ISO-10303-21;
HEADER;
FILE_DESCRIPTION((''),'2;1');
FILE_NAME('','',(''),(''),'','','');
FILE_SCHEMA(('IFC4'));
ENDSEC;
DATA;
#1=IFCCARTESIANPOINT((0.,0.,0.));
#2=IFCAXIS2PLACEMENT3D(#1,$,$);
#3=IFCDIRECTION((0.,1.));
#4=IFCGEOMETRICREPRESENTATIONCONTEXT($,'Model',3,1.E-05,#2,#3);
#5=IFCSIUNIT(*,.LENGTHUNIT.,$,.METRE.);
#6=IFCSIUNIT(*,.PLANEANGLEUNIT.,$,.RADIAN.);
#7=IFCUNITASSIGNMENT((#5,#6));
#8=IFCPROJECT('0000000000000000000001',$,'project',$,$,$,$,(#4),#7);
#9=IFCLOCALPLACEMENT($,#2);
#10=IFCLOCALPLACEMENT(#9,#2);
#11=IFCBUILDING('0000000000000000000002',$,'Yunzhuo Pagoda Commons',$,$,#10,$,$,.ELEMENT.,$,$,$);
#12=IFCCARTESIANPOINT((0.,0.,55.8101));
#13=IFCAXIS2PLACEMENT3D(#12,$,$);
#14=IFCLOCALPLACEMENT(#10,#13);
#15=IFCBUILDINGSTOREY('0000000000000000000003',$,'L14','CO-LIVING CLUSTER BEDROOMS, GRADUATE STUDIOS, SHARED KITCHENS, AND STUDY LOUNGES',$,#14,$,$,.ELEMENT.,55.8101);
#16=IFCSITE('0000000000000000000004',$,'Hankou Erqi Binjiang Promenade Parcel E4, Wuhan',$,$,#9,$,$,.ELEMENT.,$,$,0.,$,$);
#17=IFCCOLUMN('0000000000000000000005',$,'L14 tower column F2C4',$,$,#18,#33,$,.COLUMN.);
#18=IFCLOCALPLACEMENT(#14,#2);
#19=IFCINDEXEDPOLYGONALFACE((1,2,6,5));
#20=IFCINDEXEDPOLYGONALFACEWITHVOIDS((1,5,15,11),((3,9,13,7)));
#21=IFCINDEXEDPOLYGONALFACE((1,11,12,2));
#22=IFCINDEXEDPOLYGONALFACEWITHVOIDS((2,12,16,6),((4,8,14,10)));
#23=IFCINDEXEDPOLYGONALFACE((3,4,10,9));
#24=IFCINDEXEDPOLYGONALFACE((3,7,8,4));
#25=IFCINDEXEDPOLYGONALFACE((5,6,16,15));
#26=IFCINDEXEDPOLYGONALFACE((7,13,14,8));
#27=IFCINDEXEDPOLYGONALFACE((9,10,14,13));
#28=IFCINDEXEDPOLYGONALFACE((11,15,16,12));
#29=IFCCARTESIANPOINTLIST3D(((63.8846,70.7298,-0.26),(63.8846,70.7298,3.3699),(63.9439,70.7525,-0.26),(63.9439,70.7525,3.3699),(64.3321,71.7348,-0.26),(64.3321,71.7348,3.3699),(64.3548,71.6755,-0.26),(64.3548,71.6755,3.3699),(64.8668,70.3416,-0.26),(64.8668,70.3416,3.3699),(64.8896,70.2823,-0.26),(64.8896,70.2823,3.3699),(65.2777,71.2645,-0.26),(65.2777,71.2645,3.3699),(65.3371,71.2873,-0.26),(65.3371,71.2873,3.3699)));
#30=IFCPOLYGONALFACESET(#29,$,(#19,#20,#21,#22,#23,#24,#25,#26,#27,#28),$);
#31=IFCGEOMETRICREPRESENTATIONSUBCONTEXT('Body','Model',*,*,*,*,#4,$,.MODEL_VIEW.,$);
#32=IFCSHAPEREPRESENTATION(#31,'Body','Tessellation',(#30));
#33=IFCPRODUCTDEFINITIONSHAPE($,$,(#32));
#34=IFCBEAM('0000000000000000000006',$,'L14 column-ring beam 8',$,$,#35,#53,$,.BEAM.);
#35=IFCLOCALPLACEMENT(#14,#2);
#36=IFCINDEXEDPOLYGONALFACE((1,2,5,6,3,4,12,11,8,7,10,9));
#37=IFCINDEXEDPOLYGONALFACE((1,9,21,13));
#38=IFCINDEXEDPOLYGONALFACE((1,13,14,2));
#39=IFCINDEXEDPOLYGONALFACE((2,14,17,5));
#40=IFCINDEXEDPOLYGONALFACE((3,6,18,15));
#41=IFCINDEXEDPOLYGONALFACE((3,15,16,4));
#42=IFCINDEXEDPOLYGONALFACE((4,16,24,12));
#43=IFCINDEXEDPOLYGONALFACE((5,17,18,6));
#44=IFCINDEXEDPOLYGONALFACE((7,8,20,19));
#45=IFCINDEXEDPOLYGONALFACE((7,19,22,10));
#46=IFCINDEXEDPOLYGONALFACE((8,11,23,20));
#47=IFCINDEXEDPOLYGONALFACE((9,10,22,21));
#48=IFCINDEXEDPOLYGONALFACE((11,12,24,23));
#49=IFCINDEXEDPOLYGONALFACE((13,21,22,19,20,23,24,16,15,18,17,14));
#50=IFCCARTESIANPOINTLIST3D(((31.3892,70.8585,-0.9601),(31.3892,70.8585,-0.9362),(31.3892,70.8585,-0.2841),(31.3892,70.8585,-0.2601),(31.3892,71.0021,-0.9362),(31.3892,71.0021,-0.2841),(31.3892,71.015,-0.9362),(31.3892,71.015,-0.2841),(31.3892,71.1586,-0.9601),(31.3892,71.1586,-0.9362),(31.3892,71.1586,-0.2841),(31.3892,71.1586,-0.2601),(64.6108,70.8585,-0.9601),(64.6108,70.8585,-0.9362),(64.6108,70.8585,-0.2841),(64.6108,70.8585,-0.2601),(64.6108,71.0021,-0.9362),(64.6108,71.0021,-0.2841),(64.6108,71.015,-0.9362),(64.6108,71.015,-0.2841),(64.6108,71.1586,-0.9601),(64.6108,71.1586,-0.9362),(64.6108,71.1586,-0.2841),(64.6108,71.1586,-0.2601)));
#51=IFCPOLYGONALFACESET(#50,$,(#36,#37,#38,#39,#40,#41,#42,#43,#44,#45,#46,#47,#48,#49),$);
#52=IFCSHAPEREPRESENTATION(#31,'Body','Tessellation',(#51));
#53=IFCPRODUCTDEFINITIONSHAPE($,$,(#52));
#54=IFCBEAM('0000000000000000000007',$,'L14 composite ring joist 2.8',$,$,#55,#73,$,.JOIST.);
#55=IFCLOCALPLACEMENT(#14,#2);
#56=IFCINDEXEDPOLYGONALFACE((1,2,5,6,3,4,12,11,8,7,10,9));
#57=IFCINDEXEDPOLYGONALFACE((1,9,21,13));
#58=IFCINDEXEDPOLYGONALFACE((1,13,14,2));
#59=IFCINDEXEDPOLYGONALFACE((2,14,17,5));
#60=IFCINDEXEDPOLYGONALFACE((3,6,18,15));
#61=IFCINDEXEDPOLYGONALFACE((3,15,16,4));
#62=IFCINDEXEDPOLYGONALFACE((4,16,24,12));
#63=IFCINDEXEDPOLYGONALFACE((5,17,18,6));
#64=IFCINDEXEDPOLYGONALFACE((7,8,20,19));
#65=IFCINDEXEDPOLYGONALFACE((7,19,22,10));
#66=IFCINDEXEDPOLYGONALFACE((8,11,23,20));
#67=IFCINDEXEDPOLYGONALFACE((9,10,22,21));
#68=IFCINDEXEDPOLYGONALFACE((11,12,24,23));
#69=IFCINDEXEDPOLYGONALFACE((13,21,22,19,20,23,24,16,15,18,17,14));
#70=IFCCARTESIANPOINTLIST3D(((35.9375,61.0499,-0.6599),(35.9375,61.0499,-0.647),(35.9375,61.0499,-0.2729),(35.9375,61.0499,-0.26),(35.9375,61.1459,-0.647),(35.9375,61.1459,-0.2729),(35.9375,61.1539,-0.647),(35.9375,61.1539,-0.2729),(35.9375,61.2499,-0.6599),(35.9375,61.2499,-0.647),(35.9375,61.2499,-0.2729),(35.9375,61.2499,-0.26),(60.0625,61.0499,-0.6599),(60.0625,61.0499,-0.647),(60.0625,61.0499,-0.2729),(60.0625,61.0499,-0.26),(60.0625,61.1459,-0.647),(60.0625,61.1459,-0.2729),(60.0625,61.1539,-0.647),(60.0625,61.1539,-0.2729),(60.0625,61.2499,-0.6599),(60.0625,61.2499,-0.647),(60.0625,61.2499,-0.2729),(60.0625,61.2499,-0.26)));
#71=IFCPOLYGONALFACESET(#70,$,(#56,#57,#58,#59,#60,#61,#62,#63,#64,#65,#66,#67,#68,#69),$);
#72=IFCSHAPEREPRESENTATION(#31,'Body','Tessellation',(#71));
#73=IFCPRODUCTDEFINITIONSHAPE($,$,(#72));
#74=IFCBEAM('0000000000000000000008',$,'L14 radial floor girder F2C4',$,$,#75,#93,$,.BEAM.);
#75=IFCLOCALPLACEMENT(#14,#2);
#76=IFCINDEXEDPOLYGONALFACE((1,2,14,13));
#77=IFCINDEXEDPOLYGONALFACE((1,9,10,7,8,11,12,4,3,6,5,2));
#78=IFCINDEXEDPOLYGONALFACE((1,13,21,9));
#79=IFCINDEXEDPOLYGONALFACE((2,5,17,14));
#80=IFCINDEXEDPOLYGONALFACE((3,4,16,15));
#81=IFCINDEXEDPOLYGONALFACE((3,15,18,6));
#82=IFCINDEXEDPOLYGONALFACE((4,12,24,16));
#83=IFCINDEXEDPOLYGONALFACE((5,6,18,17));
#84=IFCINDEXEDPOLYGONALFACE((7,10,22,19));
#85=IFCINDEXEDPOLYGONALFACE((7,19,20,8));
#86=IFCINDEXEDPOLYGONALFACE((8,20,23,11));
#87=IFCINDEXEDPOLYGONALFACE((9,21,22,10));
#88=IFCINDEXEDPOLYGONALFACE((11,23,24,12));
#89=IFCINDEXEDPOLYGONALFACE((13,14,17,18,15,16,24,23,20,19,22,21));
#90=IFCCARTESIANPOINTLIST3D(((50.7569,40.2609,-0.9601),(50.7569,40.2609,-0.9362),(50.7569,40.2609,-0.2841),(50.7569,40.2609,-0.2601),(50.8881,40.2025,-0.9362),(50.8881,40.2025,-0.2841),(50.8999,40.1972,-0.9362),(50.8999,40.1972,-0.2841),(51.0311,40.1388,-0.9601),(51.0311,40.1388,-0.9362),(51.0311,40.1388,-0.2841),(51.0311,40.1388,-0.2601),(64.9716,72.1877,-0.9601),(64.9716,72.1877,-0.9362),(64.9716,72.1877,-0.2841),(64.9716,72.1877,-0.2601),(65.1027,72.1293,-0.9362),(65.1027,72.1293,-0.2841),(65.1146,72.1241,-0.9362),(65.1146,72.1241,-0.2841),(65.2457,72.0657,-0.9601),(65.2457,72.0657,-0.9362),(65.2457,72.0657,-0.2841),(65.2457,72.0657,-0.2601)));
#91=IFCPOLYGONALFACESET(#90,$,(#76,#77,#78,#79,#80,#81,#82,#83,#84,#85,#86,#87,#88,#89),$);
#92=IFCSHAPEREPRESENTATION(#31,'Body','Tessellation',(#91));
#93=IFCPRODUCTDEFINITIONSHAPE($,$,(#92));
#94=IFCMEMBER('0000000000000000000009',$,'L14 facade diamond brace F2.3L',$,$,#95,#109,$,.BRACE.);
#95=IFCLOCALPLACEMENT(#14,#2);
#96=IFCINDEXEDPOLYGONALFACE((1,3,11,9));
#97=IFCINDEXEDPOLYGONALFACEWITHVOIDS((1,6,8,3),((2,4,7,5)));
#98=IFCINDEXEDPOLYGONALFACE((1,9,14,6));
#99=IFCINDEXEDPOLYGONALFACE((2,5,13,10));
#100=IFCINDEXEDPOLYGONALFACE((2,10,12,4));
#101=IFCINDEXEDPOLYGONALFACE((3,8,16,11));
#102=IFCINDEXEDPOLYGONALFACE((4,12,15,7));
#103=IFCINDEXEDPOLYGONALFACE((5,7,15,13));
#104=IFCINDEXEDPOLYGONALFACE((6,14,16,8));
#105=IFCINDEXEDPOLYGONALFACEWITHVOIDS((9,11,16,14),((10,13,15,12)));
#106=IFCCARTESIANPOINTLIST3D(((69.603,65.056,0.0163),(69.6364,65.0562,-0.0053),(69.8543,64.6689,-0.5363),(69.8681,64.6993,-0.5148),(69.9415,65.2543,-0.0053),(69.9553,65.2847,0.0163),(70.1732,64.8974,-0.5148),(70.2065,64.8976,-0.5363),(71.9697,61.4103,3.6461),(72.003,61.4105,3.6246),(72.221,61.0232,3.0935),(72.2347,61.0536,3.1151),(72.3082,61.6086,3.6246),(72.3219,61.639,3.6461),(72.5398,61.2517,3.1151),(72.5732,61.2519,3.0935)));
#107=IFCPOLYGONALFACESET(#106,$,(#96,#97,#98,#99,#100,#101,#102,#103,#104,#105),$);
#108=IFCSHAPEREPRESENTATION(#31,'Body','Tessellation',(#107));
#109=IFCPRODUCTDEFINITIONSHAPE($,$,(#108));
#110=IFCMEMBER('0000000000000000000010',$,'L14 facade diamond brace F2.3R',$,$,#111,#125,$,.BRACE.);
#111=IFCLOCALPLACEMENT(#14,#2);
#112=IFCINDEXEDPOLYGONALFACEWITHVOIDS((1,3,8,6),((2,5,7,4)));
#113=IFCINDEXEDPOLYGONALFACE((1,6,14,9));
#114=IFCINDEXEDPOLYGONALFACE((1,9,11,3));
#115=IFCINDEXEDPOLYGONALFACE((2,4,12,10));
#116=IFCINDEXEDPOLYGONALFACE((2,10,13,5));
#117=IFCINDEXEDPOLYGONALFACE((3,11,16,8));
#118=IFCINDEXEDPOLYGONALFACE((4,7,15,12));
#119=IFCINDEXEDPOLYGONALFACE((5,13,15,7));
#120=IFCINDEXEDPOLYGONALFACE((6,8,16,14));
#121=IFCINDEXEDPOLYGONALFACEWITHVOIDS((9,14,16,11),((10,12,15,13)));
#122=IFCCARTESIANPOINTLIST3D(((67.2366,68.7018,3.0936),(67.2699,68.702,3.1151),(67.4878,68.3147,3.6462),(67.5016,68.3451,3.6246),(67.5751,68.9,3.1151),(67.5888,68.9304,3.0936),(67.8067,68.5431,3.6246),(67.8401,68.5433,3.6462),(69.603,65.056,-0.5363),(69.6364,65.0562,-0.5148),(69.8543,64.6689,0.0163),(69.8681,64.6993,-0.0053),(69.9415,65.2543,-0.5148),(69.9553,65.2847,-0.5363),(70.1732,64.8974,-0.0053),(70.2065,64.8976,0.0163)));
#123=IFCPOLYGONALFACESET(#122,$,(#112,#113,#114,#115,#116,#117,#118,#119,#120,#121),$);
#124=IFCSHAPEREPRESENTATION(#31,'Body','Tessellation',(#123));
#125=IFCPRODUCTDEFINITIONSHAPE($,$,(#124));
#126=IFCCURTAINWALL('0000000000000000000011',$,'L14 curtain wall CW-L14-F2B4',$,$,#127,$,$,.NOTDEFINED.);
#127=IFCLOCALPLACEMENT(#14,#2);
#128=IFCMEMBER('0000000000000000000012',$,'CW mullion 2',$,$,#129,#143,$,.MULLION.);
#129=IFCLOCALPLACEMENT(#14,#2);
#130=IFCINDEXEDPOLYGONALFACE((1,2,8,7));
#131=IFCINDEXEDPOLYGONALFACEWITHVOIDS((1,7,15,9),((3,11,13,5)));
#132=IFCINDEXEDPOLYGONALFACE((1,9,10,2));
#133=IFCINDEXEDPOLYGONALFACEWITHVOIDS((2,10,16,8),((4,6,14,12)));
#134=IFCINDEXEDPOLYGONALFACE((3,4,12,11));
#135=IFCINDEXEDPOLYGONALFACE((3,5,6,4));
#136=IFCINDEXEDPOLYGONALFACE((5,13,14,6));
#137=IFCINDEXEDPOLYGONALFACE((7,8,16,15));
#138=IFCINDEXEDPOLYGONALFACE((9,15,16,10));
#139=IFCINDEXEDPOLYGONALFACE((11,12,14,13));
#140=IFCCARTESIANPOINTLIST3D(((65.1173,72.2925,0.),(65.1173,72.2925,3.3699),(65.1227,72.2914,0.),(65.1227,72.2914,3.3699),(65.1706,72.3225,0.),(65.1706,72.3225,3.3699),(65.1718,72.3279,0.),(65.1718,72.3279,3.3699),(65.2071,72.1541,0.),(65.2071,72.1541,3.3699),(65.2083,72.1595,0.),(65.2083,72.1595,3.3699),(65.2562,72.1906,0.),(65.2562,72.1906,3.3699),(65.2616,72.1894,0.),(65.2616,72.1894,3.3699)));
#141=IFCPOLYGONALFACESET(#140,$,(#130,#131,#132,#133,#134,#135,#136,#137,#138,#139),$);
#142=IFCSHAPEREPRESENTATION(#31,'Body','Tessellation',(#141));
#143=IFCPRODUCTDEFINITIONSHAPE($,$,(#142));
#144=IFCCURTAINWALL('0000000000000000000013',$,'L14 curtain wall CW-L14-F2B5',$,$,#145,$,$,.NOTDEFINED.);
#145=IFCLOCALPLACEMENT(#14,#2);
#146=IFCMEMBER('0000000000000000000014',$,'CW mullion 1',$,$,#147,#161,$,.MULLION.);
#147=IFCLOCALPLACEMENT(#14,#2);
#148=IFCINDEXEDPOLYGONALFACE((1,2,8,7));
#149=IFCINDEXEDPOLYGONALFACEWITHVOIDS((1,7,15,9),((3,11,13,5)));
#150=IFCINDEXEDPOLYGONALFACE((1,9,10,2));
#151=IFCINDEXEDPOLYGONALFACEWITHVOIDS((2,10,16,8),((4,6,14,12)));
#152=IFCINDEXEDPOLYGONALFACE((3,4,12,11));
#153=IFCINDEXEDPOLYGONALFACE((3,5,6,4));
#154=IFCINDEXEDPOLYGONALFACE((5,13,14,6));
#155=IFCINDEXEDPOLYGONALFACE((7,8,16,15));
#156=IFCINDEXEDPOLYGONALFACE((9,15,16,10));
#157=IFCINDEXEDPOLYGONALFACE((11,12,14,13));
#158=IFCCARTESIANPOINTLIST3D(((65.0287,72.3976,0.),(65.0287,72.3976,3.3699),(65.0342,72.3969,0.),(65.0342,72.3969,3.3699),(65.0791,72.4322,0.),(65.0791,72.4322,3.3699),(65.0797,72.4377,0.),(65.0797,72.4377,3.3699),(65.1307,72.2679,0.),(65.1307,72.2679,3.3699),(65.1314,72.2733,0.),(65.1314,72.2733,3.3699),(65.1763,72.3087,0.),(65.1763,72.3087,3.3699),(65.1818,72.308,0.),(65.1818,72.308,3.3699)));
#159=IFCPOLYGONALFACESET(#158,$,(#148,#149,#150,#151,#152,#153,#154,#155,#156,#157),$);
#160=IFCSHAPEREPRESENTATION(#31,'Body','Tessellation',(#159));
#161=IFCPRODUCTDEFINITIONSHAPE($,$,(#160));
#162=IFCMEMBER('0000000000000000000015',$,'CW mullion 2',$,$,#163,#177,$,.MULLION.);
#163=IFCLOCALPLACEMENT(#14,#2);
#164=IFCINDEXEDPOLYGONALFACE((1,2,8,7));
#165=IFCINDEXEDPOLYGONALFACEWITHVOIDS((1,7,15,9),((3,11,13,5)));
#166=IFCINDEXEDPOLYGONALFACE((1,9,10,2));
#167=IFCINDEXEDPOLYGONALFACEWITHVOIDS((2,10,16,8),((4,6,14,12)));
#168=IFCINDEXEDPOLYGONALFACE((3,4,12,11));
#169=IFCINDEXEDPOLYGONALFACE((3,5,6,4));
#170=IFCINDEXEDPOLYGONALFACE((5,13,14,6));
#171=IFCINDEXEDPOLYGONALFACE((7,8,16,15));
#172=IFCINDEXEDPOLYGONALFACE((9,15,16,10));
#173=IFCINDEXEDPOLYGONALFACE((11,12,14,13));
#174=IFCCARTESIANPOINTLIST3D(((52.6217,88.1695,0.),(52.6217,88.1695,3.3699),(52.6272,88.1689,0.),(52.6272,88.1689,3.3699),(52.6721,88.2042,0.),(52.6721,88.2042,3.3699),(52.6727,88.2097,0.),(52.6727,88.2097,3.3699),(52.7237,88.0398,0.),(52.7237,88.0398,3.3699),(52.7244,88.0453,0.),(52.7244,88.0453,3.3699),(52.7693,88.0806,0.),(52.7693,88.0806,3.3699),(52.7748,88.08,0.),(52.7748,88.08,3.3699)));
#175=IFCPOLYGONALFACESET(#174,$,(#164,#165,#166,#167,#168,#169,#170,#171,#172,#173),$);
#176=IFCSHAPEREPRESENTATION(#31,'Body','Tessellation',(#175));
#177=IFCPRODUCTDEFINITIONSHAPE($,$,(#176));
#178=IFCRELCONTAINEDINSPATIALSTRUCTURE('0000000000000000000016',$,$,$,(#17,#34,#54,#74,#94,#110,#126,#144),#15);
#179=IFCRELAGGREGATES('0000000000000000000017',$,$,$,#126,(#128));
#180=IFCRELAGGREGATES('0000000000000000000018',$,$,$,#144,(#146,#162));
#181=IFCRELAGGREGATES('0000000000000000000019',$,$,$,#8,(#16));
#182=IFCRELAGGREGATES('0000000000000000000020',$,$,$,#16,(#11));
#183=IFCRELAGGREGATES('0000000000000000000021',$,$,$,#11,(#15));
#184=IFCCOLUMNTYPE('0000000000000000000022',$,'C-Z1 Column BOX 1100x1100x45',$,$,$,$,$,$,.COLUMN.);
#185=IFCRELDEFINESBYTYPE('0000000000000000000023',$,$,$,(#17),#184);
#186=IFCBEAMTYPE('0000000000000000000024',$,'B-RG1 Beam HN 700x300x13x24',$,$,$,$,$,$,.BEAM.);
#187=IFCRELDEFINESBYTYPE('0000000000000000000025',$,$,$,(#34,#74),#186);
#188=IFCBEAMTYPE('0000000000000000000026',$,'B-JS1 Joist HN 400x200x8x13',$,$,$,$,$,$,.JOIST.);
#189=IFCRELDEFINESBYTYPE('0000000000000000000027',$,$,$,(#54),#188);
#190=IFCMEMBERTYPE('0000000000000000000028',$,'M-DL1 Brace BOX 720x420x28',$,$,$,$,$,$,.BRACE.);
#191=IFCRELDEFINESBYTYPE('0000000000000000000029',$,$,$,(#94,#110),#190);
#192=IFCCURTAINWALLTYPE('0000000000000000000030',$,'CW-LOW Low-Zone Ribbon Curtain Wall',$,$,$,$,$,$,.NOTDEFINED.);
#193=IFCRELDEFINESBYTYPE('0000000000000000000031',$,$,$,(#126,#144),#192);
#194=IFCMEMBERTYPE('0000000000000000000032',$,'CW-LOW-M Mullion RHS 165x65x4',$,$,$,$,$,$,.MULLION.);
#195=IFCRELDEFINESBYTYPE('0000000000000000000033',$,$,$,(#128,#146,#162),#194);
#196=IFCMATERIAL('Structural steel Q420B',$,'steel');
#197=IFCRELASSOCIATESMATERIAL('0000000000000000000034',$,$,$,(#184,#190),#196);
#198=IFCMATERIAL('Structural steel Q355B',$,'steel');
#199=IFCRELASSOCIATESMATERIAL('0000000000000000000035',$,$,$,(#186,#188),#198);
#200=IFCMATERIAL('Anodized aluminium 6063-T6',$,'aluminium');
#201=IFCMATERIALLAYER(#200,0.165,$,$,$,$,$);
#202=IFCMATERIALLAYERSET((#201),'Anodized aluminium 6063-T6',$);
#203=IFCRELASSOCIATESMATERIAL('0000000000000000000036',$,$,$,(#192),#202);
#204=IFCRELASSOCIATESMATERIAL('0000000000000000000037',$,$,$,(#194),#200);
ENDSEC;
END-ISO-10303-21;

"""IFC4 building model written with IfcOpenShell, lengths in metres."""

from ifc_helpers import new_model, si_unit, direction, frame, origin, origin_2d, place, context, subcontext, project, spatial, hollow_rectangle, i_section, extrude, source, transform, mapped, material, layer, layer_set, material_profile, profile_set, type_object, element, aggregate, save


model = new_model("IFC4")

# Units and contexts
model_context = context("Model", 3, precision=1e-05, world=origin(), true_north=direction((0.0, 1.0)))
body_context = subcontext(model_context, "Body", "Model", "MODEL_VIEW")
ifc_project = project(units=[si_unit("LENGTHUNIT", "METRE"), si_unit("PLANEANGLEUNIT", "RADIAN")], contexts=[model_context])

# Site, building, storey
site_placement = place(None, origin())
site = spatial("IfcSite", under=ifc_project, at=site_placement, Name="Hankou Erqi Binjiang Promenade Parcel E4, Wuhan", CompositionType="ELEMENT", RefElevation=0.0)
building_placement = place(site_placement, origin())
building = spatial("IfcBuilding", under=site, at=building_placement, Name="Yunzhuo Pagoda Commons", CompositionType="ELEMENT")
storey_placement = place(building_placement, frame((0.0, 0.0, 55.8101)))
storey = spatial("IfcBuildingStorey", under=building, at=storey_placement, Name="L14", Description="CO-LIVING CLUSTER BEDROOMS, GRADUATE STUDIOS, SHARED KITCHENS, AND STUDY LOUNGES", CompositionType="ELEMENT", Elevation=55.8101)

# Column
ifc_material_1 = material(Name="Structural steel Q420B", Category="steel")
ifc_material_profile_1 = material_profile(ifc_material_1, hollow_rectangle(XDim=1.1001, YDim=1.1001, WallThickness=0.0449, at=origin_2d()), Name="Structural steel Q420B")
ifc_profile_set_1 = profile_set([ifc_material_profile_1], Name="Structural steel Q420B")
column_type = type_object("IfcColumnType", Name="C-Z1 Column BOX 1100x1100x45", PredefinedType="COLUMN", material=ifc_profile_set_1)
shared_shape_1 = source(origin(), body_context, "Body", "SweptSolid", [
    extrude(hollow_rectangle(XDim=1.1001, YDim=1.1001, WallThickness=0.0449, at=origin_2d()), origin(), (0.0, 0.0, 1.0), 3.6299),
])
column_placement = place(storey_placement, frame((64.6108, 71.0085, -0.26), z_axis=(0.0, 0.0, 1.0), x_axis=(-0.913545, 0.406737, 0.0)))
element("IfcColumn", 1, at=column_placement, inside=storey, type_object=column_type, Name="L14 tower column F2C4", PredefinedType="COLUMN", context=body_context, shape_type="MappedRepresentation", body=[
    mapped(shared_shape_1, transform((0.0, 0.0, 0.0), scale=1.0)),
])

# Beams
ifc_material_2 = material(Name="Structural steel Q355B", Category="steel")
ifc_material_profile_2 = material_profile(ifc_material_2, i_section(OverallWidth=0.3, OverallDepth=0.7, WebThickness=0.0129, FlangeThickness=0.0239, at=origin_2d()), Name="Structural steel Q355B")
ifc_profile_set_2 = profile_set([ifc_material_profile_2], Name="Structural steel Q355B")
beam_type_1 = type_object("IfcBeamType", Name="B-RG1 Beam HN 700x300x13x24", PredefinedType="BEAM", material=ifc_profile_set_2)
shared_shape_2 = source(origin(), body_context, "Body", "SweptSolid", [
    extrude(i_section(OverallWidth=0.3, OverallDepth=0.7, WebThickness=0.0129, FlangeThickness=0.0239, at=origin_2d()), origin(), (0.0, 0.0, 1.0), 33.2217),
])
beam_1_placement = place(storey_placement, frame((64.6108, 71.0085, -0.6101), z_axis=(-1.0, 0.0, 0.0), x_axis=(0.0, -1.0, 0.0)))
element("IfcBeam", 2, at=beam_1_placement, inside=storey, type_object=beam_type_1, Name="L14 column-ring beam 8", PredefinedType="BEAM", context=body_context, shape_type="MappedRepresentation", body=[
    mapped(shared_shape_2, transform((0.0, 0.0, 0.0), scale=1.0)),
])
ifc_material_profile_3 = material_profile(ifc_material_2, i_section(OverallWidth=0.2, OverallDepth=0.3999, WebThickness=0.0081, FlangeThickness=0.0129, at=origin_2d()), Name="Structural steel Q355B")
ifc_profile_set_3 = profile_set([ifc_material_profile_3], Name="Structural steel Q355B")
beam_type_2 = type_object("IfcBeamType", Name="B-JS1 Joist HN 400x200x8x13", PredefinedType="JOIST", material=ifc_profile_set_3)
shared_shape_3 = source(origin(), body_context, "Body", "SweptSolid", [
    extrude(i_section(OverallWidth=0.2, OverallDepth=0.3999, WebThickness=0.0081, FlangeThickness=0.0129, at=origin_2d()), origin(), (0.0, 0.0, 1.0), 24.125),
])
beam_2_placement = place(storey_placement, frame((60.0625, 61.1499, -0.46), z_axis=(-1.0, 0.0, 0.0), x_axis=(0.0, -1.0, 0.0)))
element("IfcBeam", 3, at=beam_2_placement, inside=storey, type_object=beam_type_2, Name="L14 composite ring joist 2.8", PredefinedType="JOIST", context=body_context, shape_type="MappedRepresentation", body=[
    mapped(shared_shape_3, transform((0.0, 0.0, 0.0), scale=1.0)),
])
shared_shape_4 = source(origin(), body_context, "Body", "SweptSolid", [
    extrude(i_section(OverallWidth=0.3, OverallDepth=0.7, WebThickness=0.0129, FlangeThickness=0.0239, at=origin_2d()), origin(), (0.0, 0.0, 1.0), 34.9482),
])
beam_3_placement = place(storey_placement, frame((65.1086, 72.1267, -0.6101), z_axis=(-0.406734, -0.913547, 0.0), x_axis=(0.913547, -0.406734, 0.0)))
element("IfcBeam", 4, at=beam_3_placement, inside=storey, type_object=beam_type_1, Name="L14 radial floor girder F2C4", PredefinedType="BEAM", context=body_context, shape_type="MappedRepresentation", body=[
    mapped(shared_shape_4, transform((0.0, 0.0, 0.0), scale=1.0)),
])

# Members
ifc_material_profile_4 = material_profile(ifc_material_1, hollow_rectangle(XDim=0.4199, YDim=0.72, WallThickness=0.0281, at=origin_2d()), Name="Structural steel Q420B")
ifc_profile_set_4 = profile_set([ifc_material_profile_4], Name="Structural steel Q420B")
member_type_1 = type_object("IfcMemberType", Name="M-DL1 Brace BOX 720x420x28", PredefinedType="BRACE", material=ifc_profile_set_4)
shared_shape_5 = source(origin(), body_context, "Body", "SweptSolid", [
    extrude(hollow_rectangle(XDim=0.4199, YDim=0.72, WallThickness=0.0281, at=origin_2d()), origin(), (0.0, 0.0, 1.0), 5.6628),
])
for number, where, z_axis, x_axis, name in (
    (5, (69.9048, 64.9768, -0.26), (0.417928, -0.643792, 0.64099), (0.838763, 0.544497, 0.0), "L14 facade diamond brace F2.3L"),
    (6, (69.9048, 64.9768, -0.26), (-0.417893, 0.643804, 0.641001), (-0.838789, -0.544457, 0.0), "L14 facade diamond brace F2.3R"),
):
    element("IfcMember", number, at=place(storey_placement, frame(where, z_axis=z_axis, x_axis=x_axis)), inside=storey, type_object=member_type_1, Name=name, PredefinedType="BRACE", context=body_context, shape_type="MappedRepresentation", body=[
        mapped(shared_shape_5, transform((0.0, 0.0, 0.0), scale=1.0)),
    ])

# Curtain wall, member
ifc_material_3 = material(Name="Anodized aluminium 6063-T6", Category="aluminium")
ifc_layer_1 = layer(ifc_material_3, 0.165)
ifc_layer_set_1 = layer_set([ifc_layer_1], Name="Anodized aluminium 6063-T6")
curtain_wall_type = type_object("IfcCurtainWallType", Name="CW-LOW Low-Zone Ribbon Curtain Wall", PredefinedType="NOTDEFINED", material=ifc_layer_set_1)
curtain_wall_1_placement = place(storey_placement, origin())
curtain_wall_1 = element("IfcCurtainWall", 7, at=curtain_wall_1_placement, inside=storey, type_object=curtain_wall_type, Name="L14 curtain wall CW-L14-F2B4", PredefinedType="NOTDEFINED")
ifc_material_profile_5 = material_profile(ifc_material_3, hollow_rectangle(XDim=0.0649, YDim=0.165, WallThickness=0.0039, at=origin_2d()), Name="Anodized aluminium 6063-T6")
ifc_profile_set_5 = profile_set([ifc_material_profile_5], Name="Anodized aluminium 6063-T6")
member_type_2 = type_object("IfcMemberType", Name="CW-LOW-M Mullion RHS 165x65x4", PredefinedType="MULLION", material=ifc_profile_set_5)
shared_shape_6 = source(origin(), body_context, "Body", "SweptSolid", [
    extrude(hollow_rectangle(XDim=0.0649, YDim=0.165, WallThickness=0.0039, at=origin_2d()), origin(), (0.0, 0.0, 1.0), 3.3699),
])
member_1_placement = place(storey_placement, frame((65.1895, 72.241, 0.0), z_axis=(0.0, 0.0, 1.0), x_axis=(-0.838777, -0.544476, 0.0)))
member_1 = element("IfcMember", 8, at=member_1_placement, type_object=member_type_2, Name="CW mullion 2", PredefinedType="MULLION", context=body_context, shape_type="MappedRepresentation", body=[
    mapped(shared_shape_6, transform((0.0, 0.0, 0.0), scale=1.0)),
])

# Curtain wall, members
curtain_wall_2_placement = place(storey_placement, origin())
curtain_wall_2 = element("IfcCurtainWall", 9, at=curtain_wall_2_placement, inside=storey, type_object=curtain_wall_type, Name="L14 curtain wall CW-L14-F2B5", PredefinedType="NOTDEFINED")
member_2_placement = place(storey_placement, frame((65.1052, 72.3528, 0.0), z_axis=(0.0, 0.0, 1.0), x_axis=(-0.785964, -0.618272, 0.0)))
member_2 = element("IfcMember", 10, at=member_2_placement, type_object=member_type_2, Name="CW mullion 1", PredefinedType="MULLION", context=body_context, shape_type="MappedRepresentation", body=[
    mapped(shared_shape_6, transform((0.0, 0.0, 0.0), scale=1.0)),
])
member_3_placement = place(storey_placement, frame((52.6982, 88.1248, 0.0), z_axis=(0.0, 0.0, 1.0), x_axis=(-0.785964, -0.618272, 0.0)))
member_3 = element("IfcMember", 11, at=member_3_placement, type_object=member_type_2, Name="CW mullion 2", PredefinedType="MULLION", context=body_context, shape_type="MappedRepresentation", body=[
    mapped(shared_shape_6, transform((0.0, 0.0, 0.0), scale=1.0)),
])

aggregate(curtain_wall_1, [member_1])

aggregate(curtain_wall_2, [member_2, member_3])

save(model, "model.ifc")
